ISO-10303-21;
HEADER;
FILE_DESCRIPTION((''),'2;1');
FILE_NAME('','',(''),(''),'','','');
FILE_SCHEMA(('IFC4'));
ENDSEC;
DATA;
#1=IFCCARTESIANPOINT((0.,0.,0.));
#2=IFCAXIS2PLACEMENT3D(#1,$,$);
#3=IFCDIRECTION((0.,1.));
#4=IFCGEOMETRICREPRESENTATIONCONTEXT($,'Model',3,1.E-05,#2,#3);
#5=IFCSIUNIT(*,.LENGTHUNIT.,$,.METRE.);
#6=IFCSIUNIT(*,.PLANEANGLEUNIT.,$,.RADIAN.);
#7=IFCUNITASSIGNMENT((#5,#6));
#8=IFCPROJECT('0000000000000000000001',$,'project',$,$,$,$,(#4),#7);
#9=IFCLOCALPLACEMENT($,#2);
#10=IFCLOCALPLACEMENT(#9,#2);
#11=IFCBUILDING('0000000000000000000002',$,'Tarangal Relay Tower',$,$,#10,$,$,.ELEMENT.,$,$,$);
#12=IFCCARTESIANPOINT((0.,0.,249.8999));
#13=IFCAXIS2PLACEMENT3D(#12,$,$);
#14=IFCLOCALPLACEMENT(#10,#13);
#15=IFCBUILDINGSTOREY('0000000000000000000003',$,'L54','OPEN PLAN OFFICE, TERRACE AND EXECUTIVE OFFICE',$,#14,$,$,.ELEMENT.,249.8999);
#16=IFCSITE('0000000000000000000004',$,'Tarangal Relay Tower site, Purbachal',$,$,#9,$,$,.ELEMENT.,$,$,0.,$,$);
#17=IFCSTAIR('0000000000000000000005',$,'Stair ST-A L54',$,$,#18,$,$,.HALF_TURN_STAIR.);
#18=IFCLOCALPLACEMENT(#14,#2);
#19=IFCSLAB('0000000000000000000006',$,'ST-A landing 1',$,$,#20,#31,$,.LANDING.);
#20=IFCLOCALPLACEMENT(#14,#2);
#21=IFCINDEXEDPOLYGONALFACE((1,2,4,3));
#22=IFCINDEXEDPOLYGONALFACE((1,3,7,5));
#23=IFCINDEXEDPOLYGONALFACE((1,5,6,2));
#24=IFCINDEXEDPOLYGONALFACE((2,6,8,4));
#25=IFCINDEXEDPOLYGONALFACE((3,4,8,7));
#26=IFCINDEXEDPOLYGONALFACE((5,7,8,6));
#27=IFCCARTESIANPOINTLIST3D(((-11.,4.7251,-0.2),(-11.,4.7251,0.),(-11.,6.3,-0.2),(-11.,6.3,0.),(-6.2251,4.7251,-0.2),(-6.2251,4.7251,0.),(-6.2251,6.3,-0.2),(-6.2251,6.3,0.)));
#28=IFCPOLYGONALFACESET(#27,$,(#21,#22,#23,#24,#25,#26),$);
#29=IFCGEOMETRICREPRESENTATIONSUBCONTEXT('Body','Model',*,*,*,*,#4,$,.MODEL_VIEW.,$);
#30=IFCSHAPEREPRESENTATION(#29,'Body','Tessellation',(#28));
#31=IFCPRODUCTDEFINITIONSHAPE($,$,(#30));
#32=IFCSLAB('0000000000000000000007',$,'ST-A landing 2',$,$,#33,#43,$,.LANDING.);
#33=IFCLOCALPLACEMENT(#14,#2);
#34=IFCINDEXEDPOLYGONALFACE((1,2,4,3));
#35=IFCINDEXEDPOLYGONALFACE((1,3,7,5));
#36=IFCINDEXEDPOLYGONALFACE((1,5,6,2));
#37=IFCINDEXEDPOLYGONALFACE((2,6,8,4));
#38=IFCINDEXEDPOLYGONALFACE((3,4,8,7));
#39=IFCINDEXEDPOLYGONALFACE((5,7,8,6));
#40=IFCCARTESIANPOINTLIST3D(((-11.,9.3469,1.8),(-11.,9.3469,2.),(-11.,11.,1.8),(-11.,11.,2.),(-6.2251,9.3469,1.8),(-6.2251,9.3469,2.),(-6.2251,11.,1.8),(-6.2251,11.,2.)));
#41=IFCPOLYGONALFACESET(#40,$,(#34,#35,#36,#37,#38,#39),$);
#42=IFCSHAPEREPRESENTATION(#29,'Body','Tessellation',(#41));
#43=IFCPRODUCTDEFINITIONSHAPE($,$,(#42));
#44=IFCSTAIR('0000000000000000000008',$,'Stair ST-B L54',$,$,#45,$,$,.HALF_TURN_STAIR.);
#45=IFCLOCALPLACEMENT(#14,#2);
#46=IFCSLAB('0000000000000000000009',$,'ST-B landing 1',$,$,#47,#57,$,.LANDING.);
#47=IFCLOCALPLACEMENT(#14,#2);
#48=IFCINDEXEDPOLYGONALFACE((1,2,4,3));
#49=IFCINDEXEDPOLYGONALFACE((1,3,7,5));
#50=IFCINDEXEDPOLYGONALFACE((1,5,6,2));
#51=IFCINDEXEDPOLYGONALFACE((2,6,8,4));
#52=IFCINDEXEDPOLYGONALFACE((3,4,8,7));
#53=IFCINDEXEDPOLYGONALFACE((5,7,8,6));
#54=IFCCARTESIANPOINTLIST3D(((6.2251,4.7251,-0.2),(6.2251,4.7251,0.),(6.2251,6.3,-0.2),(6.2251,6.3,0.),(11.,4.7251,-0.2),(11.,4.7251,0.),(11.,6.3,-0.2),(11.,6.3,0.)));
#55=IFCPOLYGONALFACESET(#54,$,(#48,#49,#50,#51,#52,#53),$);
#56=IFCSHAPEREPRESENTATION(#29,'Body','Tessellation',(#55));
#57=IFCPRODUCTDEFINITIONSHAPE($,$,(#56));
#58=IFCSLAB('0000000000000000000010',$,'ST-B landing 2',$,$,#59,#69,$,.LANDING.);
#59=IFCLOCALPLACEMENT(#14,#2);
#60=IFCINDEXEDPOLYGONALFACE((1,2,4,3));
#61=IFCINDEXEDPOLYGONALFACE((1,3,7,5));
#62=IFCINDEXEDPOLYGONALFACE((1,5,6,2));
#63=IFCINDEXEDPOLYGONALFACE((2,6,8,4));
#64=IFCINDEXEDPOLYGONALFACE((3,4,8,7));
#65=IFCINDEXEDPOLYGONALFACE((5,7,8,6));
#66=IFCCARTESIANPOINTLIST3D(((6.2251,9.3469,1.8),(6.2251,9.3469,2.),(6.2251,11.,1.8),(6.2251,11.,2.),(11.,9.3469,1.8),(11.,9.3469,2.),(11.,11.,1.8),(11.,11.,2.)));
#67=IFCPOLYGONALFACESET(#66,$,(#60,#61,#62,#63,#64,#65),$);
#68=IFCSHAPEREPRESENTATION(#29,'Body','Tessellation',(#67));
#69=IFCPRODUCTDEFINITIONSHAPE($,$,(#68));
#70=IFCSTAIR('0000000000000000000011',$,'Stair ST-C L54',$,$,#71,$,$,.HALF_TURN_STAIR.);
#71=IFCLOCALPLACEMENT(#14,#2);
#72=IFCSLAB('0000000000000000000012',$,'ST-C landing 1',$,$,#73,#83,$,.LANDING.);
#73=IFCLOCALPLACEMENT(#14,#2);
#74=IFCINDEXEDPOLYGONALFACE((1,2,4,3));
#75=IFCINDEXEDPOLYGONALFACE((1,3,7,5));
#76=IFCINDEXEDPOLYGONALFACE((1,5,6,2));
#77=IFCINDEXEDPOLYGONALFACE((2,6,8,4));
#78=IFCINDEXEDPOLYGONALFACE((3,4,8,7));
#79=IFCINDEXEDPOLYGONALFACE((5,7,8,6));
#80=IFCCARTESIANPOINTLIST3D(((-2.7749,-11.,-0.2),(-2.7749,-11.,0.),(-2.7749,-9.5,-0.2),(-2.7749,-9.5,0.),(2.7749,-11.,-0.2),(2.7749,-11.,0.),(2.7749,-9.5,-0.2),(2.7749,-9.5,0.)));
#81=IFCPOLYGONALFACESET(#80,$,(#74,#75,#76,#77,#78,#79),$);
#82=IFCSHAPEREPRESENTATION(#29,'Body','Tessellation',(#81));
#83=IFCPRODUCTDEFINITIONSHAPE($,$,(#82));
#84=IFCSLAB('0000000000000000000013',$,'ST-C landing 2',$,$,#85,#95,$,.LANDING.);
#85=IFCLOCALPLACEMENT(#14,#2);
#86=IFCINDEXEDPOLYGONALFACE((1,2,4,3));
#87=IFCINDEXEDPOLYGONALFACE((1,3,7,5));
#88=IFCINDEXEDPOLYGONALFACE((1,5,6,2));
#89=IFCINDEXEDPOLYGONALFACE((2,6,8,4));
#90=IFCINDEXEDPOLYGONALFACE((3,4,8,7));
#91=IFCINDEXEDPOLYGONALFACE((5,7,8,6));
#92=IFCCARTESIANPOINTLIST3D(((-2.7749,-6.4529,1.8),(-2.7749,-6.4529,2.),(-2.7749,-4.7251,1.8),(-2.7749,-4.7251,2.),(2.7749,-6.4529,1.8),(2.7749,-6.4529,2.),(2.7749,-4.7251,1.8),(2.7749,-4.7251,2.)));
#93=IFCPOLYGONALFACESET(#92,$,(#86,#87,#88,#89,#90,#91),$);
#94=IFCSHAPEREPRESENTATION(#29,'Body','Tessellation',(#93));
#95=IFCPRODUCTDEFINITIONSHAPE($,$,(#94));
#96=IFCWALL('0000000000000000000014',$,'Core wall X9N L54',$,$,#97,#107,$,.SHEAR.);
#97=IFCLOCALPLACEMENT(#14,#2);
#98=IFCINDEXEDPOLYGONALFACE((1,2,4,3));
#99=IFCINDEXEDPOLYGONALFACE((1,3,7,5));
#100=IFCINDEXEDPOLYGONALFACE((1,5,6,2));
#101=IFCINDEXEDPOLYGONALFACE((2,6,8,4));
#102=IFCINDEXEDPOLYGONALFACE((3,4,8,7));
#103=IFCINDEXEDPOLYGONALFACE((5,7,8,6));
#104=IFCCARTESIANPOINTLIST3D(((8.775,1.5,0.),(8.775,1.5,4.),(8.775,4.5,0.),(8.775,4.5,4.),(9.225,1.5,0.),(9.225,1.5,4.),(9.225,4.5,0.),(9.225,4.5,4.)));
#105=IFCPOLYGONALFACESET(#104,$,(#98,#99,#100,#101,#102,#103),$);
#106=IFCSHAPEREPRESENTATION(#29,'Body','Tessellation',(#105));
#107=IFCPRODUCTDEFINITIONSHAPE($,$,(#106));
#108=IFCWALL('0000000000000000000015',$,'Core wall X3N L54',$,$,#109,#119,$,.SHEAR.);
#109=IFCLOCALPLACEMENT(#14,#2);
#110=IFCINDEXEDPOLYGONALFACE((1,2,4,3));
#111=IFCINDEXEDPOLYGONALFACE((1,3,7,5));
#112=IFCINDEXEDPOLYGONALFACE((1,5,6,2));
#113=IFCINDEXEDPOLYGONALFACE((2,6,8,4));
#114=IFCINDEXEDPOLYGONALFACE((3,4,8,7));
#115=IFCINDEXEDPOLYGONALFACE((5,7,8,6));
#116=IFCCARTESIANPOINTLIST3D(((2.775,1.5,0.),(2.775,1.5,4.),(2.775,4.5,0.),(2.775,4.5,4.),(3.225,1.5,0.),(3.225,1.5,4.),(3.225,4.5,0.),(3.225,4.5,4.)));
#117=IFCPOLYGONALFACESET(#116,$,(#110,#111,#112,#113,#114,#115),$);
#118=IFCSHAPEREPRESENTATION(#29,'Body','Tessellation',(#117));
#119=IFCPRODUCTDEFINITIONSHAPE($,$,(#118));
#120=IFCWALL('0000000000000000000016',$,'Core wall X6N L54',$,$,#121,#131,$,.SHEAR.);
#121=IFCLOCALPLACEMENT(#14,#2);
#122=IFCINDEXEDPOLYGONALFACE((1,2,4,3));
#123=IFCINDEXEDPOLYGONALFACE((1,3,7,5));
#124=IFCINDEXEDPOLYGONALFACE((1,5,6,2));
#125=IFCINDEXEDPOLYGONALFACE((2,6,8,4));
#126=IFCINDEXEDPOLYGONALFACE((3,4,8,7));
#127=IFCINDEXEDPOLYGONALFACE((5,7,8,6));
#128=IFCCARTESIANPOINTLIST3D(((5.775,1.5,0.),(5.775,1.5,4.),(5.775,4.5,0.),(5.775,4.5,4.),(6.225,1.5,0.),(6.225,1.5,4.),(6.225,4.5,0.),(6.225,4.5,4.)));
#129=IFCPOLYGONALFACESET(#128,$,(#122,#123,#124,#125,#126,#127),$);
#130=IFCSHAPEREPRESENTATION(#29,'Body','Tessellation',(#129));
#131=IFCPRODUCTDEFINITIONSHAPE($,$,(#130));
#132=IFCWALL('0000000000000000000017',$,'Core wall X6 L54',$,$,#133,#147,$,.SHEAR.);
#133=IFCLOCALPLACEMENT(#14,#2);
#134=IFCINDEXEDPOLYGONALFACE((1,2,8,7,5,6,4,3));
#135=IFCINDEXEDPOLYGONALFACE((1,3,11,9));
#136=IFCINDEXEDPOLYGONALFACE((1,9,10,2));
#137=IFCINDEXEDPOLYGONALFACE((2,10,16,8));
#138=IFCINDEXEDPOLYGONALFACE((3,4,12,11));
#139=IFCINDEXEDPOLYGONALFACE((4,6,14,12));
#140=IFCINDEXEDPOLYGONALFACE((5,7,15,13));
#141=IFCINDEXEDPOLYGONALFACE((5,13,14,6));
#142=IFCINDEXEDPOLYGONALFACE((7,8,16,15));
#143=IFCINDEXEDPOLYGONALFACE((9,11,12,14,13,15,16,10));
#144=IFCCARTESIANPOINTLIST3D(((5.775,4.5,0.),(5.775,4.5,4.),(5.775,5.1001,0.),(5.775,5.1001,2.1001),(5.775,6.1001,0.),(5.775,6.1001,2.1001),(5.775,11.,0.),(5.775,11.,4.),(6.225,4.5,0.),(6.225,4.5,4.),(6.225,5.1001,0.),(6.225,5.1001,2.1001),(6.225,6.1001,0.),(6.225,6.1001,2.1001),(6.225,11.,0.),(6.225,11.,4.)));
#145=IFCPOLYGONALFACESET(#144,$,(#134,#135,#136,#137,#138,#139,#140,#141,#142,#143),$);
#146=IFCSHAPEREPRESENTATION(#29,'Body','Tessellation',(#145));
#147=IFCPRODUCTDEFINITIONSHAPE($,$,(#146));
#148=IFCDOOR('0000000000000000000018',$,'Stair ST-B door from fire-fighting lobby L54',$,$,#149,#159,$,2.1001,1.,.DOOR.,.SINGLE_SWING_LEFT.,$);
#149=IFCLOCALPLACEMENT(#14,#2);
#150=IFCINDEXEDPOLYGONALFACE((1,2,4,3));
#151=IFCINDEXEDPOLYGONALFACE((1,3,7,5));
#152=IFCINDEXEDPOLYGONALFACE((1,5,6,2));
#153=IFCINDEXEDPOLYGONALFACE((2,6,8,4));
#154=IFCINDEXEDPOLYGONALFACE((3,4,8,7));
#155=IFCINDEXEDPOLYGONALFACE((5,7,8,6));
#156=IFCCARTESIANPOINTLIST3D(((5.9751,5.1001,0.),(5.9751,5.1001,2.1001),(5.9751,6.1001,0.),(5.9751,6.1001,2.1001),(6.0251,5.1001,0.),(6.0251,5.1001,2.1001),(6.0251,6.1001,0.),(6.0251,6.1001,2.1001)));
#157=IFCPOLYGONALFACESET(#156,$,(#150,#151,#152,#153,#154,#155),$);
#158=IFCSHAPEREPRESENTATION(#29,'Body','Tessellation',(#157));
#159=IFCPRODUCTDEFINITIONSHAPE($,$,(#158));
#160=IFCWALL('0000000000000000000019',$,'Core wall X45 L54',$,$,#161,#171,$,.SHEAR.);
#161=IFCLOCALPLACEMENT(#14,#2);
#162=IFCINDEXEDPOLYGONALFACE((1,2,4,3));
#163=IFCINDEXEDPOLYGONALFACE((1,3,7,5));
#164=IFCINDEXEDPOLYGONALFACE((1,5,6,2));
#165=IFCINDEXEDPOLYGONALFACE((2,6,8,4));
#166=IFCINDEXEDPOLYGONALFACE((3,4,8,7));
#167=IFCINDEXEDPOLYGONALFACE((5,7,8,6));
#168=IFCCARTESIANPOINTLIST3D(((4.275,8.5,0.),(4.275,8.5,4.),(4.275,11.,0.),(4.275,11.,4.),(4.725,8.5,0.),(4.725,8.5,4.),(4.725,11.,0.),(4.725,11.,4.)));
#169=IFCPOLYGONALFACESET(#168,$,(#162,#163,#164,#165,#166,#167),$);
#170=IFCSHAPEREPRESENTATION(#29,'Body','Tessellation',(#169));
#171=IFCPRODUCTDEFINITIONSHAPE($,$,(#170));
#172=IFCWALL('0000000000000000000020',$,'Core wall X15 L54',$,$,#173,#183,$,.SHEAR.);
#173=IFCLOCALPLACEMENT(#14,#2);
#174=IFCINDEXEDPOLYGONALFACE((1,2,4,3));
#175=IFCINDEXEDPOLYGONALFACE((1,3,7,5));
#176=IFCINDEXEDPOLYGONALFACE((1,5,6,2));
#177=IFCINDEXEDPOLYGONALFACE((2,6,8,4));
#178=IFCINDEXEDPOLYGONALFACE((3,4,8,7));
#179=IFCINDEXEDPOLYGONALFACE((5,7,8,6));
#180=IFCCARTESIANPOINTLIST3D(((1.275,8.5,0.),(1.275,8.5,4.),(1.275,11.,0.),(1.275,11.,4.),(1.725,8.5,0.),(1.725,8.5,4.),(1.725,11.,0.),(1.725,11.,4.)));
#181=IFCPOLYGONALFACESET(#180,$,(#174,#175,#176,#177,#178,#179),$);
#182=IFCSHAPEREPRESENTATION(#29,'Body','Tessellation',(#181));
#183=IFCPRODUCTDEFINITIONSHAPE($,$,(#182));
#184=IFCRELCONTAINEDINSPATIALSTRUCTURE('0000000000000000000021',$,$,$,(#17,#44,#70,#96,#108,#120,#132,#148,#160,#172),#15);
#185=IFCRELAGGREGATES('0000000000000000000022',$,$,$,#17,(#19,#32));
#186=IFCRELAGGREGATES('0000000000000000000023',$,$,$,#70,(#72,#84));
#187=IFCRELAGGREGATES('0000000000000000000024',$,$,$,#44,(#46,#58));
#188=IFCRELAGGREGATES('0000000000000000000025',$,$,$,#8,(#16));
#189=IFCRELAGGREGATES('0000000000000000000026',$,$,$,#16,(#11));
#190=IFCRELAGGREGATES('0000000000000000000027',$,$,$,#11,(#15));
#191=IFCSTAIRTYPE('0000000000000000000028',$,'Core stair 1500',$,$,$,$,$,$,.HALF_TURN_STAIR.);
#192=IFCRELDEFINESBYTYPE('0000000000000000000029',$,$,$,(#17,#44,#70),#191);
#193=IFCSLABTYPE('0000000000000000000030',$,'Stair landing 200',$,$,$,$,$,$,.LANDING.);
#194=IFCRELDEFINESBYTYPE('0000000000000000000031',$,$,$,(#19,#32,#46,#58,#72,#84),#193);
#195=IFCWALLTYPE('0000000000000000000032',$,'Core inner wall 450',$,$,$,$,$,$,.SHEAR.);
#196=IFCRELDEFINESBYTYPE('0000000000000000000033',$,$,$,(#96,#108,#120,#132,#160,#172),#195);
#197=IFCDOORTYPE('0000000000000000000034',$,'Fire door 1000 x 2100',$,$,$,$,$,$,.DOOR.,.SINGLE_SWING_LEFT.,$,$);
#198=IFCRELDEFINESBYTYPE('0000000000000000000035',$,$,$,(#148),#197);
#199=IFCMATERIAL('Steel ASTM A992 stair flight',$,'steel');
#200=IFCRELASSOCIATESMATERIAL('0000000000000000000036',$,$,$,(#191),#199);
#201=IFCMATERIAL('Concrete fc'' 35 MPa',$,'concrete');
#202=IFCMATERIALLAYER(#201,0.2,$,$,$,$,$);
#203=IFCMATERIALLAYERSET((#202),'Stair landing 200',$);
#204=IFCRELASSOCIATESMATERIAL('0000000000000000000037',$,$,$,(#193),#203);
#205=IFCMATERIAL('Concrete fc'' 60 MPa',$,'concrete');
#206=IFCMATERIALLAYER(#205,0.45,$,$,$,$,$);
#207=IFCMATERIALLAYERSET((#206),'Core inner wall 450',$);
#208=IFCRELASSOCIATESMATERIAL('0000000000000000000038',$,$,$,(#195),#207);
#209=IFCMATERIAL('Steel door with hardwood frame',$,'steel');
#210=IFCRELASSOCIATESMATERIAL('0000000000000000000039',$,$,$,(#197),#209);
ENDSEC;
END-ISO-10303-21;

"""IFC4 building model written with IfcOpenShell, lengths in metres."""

from ifc_helpers import new_model, si_unit, direction, frame, frame_2d, origin, place, context, subcontext, project, spatial, polyline, rectangle, outline, extrude, material, layer, layer_set, type_object, element, fill, aggregate, save


model = new_model("IFC4")

# Units and contexts
model_context = context("Model", 3, precision=1e-05, world=origin(), true_north=direction((0.0, 1.0)))
body_context = subcontext(model_context, "Body", "Model", "MODEL_VIEW")
ifc_project = project(units=[si_unit("LENGTHUNIT", "METRE"), si_unit("PLANEANGLEUNIT", "RADIAN")], contexts=[model_context])

# Site, building, storey
site_placement = place(None, origin())
site = spatial("IfcSite", under=ifc_project, at=site_placement, Name="Tarangal Relay Tower site, Purbachal", CompositionType="ELEMENT", RefElevation=0.0)
building_placement = place(site_placement, origin())
building = spatial("IfcBuilding", under=site, at=building_placement, Name="Tarangal Relay Tower", CompositionType="ELEMENT")
storey_placement = place(building_placement, frame((0.0, 0.0, 249.8999)))
storey = spatial("IfcBuildingStorey", under=building, at=storey_placement, Name="L54", Description="OPEN PLAN OFFICE, TERRACE AND EXECUTIVE OFFICE", CompositionType="ELEMENT", Elevation=249.8999)

# Stairs, slabs
ifc_material_1 = material(Name="Steel ASTM A992 stair flight", Category="steel")
stair_type = type_object("IfcStairType", Name="Core stair 1500", PredefinedType="HALF_TURN_STAIR", material=ifc_material_1)
stair_1_placement = place(storey_placement, origin())
stair_1 = element("IfcStair", 1, at=stair_1_placement, inside=storey, type_object=stair_type, Name="Stair ST-A L54", PredefinedType="HALF_TURN_STAIR")
ifc_material_2 = material(Name="Concrete fc' 35 MPa", Category="concrete")
ifc_layer_1 = layer(ifc_material_2, 0.2)
ifc_layer_set_1 = layer_set([ifc_layer_1], Name="Stair landing 200")
slab_type = type_object("IfcSlabType", Name="Stair landing 200", PredefinedType="LANDING", material=ifc_layer_set_1)
slab_1_placement = place(storey_placement, frame((0.0, 0.0, -0.2)))
slab_1 = element("IfcSlab", 2, at=slab_1_placement, type_object=slab_type, Name="ST-A landing 1", PredefinedType="LANDING", context=body_context, shape_type="SweptSolid", body=[
    extrude(outline(polyline([(-11.0, 4.7251), (-6.2251, 4.7251), (-6.2251, 6.3), (-11.0, 6.3), (-11.0, 4.7251)])), origin(), (0.0, 0.0, 1.0), 0.2),
])
slab_2_placement = place(storey_placement, frame((0.0, 0.0, 1.8)))
slab_2 = element("IfcSlab", 3, at=slab_2_placement, type_object=slab_type, Name="ST-A landing 2", PredefinedType="LANDING", context=body_context, shape_type="SweptSolid", body=[
    extrude(outline(polyline([(-11.0, 9.3469), (-6.2251, 9.3469), (-6.2251, 11.0), (-11.0, 11.0), (-11.0, 9.3469)])), origin(), (0.0, 0.0, 1.0), 0.2),
])
aggregate(stair_1, [slab_1, slab_2])
stair_2_placement = place(storey_placement, origin())
stair_2 = element("IfcStair", 4, at=stair_2_placement, inside=storey, type_object=stair_type, Name="Stair ST-B L54", PredefinedType="HALF_TURN_STAIR")
slab_3_placement = place(storey_placement, frame((0.0, 0.0, -0.2)))
slab_3 = element("IfcSlab", 5, at=slab_3_placement, type_object=slab_type, Name="ST-B landing 1", PredefinedType="LANDING", context=body_context, shape_type="SweptSolid", body=[
    extrude(outline(polyline([(6.2251, 4.7251), (11.0, 4.7251), (11.0, 6.3), (6.2251, 6.3), (6.2251, 4.7251)])), origin(), (0.0, 0.0, 1.0), 0.2),
])
slab_4_placement = place(storey_placement, frame((0.0, 0.0, 1.8)))
slab_4 = element("IfcSlab", 6, at=slab_4_placement, type_object=slab_type, Name="ST-B landing 2", PredefinedType="LANDING", context=body_context, shape_type="SweptSolid", body=[
    extrude(outline(polyline([(6.2251, 9.3469), (11.0, 9.3469), (11.0, 11.0), (6.2251, 11.0), (6.2251, 9.3469)])), origin(), (0.0, 0.0, 1.0), 0.2),
])
stair_3_placement = place(storey_placement, origin())
stair_3 = element("IfcStair", 7, at=stair_3_placement, inside=storey, type_object=stair_type, Name="Stair ST-C L54", PredefinedType="HALF_TURN_STAIR")
slab_5_placement = place(storey_placement, frame((0.0, 0.0, -0.2)))
slab_5 = element("IfcSlab", 8, at=slab_5_placement, type_object=slab_type, Name="ST-C landing 1", PredefinedType="LANDING", context=body_context, shape_type="SweptSolid", body=[
    extrude(outline(polyline([(-2.7749, -11.0), (2.7749, -11.0), (2.7749, -9.5), (-2.7749, -9.5), (-2.7749, -11.0)])), origin(), (0.0, 0.0, 1.0), 0.2),
])
slab_6_placement = place(storey_placement, frame((0.0, 0.0, 1.8)))
slab_6 = element("IfcSlab", 9, at=slab_6_placement, type_object=slab_type, Name="ST-C landing 2", PredefinedType="LANDING", context=body_context, shape_type="SweptSolid", body=[
    extrude(outline(polyline([(-2.7749, -6.4529), (2.7749, -6.4529), (2.7749, -4.7251), (-2.7749, -4.7251), (-2.7749, -6.4529)])), origin(), (0.0, 0.0, 1.0), 0.2),
])
aggregate(stair_3, [slab_5, slab_6])

# Walls
ifc_material_3 = material(Name="Concrete fc' 60 MPa", Category="concrete")
ifc_layer_2 = layer(ifc_material_3, 0.45)
ifc_layer_set_2 = layer_set([ifc_layer_2], Name="Core inner wall 450")
wall_type = type_object("IfcWallType", Name="Core inner wall 450", PredefinedType="SHEAR", material=ifc_layer_set_2)
for number, where, z_axis, x_axis, name in (
    (10, (9.0, 1.5, 0.0), (0.0, 0.0, 1.0), (0.0, 1.0, 0.0), "Core wall X9N L54"),
    (11, (3.0, 1.5, 0.0), (0.0, 0.0, 1.0), (0.0, 1.0, 0.0), "Core wall X3N L54"),
    (12, (6.0, 1.5, 0.0), (0.0, 0.0, 1.0), (0.0, 1.0, 0.0), "Core wall X6N L54"),
):
    element("IfcWall", number, at=place(storey_placement, frame(where, z_axis=z_axis, x_axis=x_axis)), inside=storey, type_object=wall_type, Name=name, PredefinedType="SHEAR", context=body_context, shape_type="SweptSolid", body=[
        extrude(rectangle(XDim=3.0, YDim=0.45, at=frame_2d((1.5, 0.0))), origin(), (0.0, 0.0, 1.0), 4.0),
    ])

# Wall, opening, door
wall_placement = place(storey_placement, frame((6.0, 4.5, 0.0), z_axis=(0.0, 0.0, 1.0), x_axis=(0.0, 1.0, 0.0)))
wall = element("IfcWall", 13, at=wall_placement, inside=storey, type_object=wall_type, Name="Core wall X6 L54", PredefinedType="SHEAR", context=body_context, shape_type="SweptSolid", body=[
    extrude(rectangle(XDim=6.5, YDim=0.45, at=frame_2d((3.25, 0.0))), origin(), (0.0, 0.0, 1.0), 4.0),
])
opening_placement = place(wall_placement, frame((0.6001, 0.0, 0.0)))
opening = element("IfcOpeningElement", 14, at=opening_placement, cuts=wall, PredefinedType="OPENING", context=body_context, shape_type="SweptSolid", body=[
    extrude(rectangle(XDim=1.0, YDim=2.1001, at=frame_2d((0.5, 1.05))), frame((0.0, 0.2349, 0.0), z_axis=(0.0, -1.0, 0.0), x_axis=(1.0, 0.0, 0.0)), (0.0, 0.0, 1.0), 0.47),
])
ifc_material_4 = material(Name="Steel door with hardwood frame", Category="steel")
door_type = type_object("IfcDoorType", Name="Fire door 1000 x 2100", OperationType="SINGLE_SWING_LEFT", PredefinedType="DOOR", material=ifc_material_4)
door_placement = place(opening_placement, origin())
door = element("IfcDoor", 15, at=door_placement, inside=storey, type_object=door_type, Name="Stair ST-B door from fire-fighting lobby L54", OperationType="SINGLE_SWING_LEFT", OverallHeight=2.1001, OverallWidth=1.0, PredefinedType="DOOR", context=body_context, shape_type="SweptSolid", body=[
    extrude(rectangle(XDim=1.0, YDim=2.1001, at=frame_2d((0.5, 1.05))), frame((0.0, 0.0249, 0.0), z_axis=(0.0, -1.0, 0.0), x_axis=(1.0, 0.0, 0.0)), (0.0, 0.0, 1.0), 0.05),
])
fill(opening, door)

# Walls
for number, where, z_axis, x_axis, name in (
    (16, (4.5, 8.5, 0.0), (0.0, 0.0, 1.0), (0.0, 1.0, 0.0), "Core wall X45 L54"),
    (17, (1.5, 8.5, 0.0), (0.0, 0.0, 1.0), (0.0, 1.0, 0.0), "Core wall X15 L54"),
):
    element("IfcWall", number, at=place(storey_placement, frame(where, z_axis=z_axis, x_axis=x_axis)), inside=storey, type_object=wall_type, Name=name, PredefinedType="SHEAR", context=body_context, shape_type="SweptSolid", body=[
        extrude(rectangle(XDim=2.5, YDim=0.45, at=frame_2d((1.25, 0.0))), origin(), (0.0, 0.0, 1.0), 4.0),
    ])

aggregate(stair_2, [slab_3, slab_4])

save(model, "model.ifc")
